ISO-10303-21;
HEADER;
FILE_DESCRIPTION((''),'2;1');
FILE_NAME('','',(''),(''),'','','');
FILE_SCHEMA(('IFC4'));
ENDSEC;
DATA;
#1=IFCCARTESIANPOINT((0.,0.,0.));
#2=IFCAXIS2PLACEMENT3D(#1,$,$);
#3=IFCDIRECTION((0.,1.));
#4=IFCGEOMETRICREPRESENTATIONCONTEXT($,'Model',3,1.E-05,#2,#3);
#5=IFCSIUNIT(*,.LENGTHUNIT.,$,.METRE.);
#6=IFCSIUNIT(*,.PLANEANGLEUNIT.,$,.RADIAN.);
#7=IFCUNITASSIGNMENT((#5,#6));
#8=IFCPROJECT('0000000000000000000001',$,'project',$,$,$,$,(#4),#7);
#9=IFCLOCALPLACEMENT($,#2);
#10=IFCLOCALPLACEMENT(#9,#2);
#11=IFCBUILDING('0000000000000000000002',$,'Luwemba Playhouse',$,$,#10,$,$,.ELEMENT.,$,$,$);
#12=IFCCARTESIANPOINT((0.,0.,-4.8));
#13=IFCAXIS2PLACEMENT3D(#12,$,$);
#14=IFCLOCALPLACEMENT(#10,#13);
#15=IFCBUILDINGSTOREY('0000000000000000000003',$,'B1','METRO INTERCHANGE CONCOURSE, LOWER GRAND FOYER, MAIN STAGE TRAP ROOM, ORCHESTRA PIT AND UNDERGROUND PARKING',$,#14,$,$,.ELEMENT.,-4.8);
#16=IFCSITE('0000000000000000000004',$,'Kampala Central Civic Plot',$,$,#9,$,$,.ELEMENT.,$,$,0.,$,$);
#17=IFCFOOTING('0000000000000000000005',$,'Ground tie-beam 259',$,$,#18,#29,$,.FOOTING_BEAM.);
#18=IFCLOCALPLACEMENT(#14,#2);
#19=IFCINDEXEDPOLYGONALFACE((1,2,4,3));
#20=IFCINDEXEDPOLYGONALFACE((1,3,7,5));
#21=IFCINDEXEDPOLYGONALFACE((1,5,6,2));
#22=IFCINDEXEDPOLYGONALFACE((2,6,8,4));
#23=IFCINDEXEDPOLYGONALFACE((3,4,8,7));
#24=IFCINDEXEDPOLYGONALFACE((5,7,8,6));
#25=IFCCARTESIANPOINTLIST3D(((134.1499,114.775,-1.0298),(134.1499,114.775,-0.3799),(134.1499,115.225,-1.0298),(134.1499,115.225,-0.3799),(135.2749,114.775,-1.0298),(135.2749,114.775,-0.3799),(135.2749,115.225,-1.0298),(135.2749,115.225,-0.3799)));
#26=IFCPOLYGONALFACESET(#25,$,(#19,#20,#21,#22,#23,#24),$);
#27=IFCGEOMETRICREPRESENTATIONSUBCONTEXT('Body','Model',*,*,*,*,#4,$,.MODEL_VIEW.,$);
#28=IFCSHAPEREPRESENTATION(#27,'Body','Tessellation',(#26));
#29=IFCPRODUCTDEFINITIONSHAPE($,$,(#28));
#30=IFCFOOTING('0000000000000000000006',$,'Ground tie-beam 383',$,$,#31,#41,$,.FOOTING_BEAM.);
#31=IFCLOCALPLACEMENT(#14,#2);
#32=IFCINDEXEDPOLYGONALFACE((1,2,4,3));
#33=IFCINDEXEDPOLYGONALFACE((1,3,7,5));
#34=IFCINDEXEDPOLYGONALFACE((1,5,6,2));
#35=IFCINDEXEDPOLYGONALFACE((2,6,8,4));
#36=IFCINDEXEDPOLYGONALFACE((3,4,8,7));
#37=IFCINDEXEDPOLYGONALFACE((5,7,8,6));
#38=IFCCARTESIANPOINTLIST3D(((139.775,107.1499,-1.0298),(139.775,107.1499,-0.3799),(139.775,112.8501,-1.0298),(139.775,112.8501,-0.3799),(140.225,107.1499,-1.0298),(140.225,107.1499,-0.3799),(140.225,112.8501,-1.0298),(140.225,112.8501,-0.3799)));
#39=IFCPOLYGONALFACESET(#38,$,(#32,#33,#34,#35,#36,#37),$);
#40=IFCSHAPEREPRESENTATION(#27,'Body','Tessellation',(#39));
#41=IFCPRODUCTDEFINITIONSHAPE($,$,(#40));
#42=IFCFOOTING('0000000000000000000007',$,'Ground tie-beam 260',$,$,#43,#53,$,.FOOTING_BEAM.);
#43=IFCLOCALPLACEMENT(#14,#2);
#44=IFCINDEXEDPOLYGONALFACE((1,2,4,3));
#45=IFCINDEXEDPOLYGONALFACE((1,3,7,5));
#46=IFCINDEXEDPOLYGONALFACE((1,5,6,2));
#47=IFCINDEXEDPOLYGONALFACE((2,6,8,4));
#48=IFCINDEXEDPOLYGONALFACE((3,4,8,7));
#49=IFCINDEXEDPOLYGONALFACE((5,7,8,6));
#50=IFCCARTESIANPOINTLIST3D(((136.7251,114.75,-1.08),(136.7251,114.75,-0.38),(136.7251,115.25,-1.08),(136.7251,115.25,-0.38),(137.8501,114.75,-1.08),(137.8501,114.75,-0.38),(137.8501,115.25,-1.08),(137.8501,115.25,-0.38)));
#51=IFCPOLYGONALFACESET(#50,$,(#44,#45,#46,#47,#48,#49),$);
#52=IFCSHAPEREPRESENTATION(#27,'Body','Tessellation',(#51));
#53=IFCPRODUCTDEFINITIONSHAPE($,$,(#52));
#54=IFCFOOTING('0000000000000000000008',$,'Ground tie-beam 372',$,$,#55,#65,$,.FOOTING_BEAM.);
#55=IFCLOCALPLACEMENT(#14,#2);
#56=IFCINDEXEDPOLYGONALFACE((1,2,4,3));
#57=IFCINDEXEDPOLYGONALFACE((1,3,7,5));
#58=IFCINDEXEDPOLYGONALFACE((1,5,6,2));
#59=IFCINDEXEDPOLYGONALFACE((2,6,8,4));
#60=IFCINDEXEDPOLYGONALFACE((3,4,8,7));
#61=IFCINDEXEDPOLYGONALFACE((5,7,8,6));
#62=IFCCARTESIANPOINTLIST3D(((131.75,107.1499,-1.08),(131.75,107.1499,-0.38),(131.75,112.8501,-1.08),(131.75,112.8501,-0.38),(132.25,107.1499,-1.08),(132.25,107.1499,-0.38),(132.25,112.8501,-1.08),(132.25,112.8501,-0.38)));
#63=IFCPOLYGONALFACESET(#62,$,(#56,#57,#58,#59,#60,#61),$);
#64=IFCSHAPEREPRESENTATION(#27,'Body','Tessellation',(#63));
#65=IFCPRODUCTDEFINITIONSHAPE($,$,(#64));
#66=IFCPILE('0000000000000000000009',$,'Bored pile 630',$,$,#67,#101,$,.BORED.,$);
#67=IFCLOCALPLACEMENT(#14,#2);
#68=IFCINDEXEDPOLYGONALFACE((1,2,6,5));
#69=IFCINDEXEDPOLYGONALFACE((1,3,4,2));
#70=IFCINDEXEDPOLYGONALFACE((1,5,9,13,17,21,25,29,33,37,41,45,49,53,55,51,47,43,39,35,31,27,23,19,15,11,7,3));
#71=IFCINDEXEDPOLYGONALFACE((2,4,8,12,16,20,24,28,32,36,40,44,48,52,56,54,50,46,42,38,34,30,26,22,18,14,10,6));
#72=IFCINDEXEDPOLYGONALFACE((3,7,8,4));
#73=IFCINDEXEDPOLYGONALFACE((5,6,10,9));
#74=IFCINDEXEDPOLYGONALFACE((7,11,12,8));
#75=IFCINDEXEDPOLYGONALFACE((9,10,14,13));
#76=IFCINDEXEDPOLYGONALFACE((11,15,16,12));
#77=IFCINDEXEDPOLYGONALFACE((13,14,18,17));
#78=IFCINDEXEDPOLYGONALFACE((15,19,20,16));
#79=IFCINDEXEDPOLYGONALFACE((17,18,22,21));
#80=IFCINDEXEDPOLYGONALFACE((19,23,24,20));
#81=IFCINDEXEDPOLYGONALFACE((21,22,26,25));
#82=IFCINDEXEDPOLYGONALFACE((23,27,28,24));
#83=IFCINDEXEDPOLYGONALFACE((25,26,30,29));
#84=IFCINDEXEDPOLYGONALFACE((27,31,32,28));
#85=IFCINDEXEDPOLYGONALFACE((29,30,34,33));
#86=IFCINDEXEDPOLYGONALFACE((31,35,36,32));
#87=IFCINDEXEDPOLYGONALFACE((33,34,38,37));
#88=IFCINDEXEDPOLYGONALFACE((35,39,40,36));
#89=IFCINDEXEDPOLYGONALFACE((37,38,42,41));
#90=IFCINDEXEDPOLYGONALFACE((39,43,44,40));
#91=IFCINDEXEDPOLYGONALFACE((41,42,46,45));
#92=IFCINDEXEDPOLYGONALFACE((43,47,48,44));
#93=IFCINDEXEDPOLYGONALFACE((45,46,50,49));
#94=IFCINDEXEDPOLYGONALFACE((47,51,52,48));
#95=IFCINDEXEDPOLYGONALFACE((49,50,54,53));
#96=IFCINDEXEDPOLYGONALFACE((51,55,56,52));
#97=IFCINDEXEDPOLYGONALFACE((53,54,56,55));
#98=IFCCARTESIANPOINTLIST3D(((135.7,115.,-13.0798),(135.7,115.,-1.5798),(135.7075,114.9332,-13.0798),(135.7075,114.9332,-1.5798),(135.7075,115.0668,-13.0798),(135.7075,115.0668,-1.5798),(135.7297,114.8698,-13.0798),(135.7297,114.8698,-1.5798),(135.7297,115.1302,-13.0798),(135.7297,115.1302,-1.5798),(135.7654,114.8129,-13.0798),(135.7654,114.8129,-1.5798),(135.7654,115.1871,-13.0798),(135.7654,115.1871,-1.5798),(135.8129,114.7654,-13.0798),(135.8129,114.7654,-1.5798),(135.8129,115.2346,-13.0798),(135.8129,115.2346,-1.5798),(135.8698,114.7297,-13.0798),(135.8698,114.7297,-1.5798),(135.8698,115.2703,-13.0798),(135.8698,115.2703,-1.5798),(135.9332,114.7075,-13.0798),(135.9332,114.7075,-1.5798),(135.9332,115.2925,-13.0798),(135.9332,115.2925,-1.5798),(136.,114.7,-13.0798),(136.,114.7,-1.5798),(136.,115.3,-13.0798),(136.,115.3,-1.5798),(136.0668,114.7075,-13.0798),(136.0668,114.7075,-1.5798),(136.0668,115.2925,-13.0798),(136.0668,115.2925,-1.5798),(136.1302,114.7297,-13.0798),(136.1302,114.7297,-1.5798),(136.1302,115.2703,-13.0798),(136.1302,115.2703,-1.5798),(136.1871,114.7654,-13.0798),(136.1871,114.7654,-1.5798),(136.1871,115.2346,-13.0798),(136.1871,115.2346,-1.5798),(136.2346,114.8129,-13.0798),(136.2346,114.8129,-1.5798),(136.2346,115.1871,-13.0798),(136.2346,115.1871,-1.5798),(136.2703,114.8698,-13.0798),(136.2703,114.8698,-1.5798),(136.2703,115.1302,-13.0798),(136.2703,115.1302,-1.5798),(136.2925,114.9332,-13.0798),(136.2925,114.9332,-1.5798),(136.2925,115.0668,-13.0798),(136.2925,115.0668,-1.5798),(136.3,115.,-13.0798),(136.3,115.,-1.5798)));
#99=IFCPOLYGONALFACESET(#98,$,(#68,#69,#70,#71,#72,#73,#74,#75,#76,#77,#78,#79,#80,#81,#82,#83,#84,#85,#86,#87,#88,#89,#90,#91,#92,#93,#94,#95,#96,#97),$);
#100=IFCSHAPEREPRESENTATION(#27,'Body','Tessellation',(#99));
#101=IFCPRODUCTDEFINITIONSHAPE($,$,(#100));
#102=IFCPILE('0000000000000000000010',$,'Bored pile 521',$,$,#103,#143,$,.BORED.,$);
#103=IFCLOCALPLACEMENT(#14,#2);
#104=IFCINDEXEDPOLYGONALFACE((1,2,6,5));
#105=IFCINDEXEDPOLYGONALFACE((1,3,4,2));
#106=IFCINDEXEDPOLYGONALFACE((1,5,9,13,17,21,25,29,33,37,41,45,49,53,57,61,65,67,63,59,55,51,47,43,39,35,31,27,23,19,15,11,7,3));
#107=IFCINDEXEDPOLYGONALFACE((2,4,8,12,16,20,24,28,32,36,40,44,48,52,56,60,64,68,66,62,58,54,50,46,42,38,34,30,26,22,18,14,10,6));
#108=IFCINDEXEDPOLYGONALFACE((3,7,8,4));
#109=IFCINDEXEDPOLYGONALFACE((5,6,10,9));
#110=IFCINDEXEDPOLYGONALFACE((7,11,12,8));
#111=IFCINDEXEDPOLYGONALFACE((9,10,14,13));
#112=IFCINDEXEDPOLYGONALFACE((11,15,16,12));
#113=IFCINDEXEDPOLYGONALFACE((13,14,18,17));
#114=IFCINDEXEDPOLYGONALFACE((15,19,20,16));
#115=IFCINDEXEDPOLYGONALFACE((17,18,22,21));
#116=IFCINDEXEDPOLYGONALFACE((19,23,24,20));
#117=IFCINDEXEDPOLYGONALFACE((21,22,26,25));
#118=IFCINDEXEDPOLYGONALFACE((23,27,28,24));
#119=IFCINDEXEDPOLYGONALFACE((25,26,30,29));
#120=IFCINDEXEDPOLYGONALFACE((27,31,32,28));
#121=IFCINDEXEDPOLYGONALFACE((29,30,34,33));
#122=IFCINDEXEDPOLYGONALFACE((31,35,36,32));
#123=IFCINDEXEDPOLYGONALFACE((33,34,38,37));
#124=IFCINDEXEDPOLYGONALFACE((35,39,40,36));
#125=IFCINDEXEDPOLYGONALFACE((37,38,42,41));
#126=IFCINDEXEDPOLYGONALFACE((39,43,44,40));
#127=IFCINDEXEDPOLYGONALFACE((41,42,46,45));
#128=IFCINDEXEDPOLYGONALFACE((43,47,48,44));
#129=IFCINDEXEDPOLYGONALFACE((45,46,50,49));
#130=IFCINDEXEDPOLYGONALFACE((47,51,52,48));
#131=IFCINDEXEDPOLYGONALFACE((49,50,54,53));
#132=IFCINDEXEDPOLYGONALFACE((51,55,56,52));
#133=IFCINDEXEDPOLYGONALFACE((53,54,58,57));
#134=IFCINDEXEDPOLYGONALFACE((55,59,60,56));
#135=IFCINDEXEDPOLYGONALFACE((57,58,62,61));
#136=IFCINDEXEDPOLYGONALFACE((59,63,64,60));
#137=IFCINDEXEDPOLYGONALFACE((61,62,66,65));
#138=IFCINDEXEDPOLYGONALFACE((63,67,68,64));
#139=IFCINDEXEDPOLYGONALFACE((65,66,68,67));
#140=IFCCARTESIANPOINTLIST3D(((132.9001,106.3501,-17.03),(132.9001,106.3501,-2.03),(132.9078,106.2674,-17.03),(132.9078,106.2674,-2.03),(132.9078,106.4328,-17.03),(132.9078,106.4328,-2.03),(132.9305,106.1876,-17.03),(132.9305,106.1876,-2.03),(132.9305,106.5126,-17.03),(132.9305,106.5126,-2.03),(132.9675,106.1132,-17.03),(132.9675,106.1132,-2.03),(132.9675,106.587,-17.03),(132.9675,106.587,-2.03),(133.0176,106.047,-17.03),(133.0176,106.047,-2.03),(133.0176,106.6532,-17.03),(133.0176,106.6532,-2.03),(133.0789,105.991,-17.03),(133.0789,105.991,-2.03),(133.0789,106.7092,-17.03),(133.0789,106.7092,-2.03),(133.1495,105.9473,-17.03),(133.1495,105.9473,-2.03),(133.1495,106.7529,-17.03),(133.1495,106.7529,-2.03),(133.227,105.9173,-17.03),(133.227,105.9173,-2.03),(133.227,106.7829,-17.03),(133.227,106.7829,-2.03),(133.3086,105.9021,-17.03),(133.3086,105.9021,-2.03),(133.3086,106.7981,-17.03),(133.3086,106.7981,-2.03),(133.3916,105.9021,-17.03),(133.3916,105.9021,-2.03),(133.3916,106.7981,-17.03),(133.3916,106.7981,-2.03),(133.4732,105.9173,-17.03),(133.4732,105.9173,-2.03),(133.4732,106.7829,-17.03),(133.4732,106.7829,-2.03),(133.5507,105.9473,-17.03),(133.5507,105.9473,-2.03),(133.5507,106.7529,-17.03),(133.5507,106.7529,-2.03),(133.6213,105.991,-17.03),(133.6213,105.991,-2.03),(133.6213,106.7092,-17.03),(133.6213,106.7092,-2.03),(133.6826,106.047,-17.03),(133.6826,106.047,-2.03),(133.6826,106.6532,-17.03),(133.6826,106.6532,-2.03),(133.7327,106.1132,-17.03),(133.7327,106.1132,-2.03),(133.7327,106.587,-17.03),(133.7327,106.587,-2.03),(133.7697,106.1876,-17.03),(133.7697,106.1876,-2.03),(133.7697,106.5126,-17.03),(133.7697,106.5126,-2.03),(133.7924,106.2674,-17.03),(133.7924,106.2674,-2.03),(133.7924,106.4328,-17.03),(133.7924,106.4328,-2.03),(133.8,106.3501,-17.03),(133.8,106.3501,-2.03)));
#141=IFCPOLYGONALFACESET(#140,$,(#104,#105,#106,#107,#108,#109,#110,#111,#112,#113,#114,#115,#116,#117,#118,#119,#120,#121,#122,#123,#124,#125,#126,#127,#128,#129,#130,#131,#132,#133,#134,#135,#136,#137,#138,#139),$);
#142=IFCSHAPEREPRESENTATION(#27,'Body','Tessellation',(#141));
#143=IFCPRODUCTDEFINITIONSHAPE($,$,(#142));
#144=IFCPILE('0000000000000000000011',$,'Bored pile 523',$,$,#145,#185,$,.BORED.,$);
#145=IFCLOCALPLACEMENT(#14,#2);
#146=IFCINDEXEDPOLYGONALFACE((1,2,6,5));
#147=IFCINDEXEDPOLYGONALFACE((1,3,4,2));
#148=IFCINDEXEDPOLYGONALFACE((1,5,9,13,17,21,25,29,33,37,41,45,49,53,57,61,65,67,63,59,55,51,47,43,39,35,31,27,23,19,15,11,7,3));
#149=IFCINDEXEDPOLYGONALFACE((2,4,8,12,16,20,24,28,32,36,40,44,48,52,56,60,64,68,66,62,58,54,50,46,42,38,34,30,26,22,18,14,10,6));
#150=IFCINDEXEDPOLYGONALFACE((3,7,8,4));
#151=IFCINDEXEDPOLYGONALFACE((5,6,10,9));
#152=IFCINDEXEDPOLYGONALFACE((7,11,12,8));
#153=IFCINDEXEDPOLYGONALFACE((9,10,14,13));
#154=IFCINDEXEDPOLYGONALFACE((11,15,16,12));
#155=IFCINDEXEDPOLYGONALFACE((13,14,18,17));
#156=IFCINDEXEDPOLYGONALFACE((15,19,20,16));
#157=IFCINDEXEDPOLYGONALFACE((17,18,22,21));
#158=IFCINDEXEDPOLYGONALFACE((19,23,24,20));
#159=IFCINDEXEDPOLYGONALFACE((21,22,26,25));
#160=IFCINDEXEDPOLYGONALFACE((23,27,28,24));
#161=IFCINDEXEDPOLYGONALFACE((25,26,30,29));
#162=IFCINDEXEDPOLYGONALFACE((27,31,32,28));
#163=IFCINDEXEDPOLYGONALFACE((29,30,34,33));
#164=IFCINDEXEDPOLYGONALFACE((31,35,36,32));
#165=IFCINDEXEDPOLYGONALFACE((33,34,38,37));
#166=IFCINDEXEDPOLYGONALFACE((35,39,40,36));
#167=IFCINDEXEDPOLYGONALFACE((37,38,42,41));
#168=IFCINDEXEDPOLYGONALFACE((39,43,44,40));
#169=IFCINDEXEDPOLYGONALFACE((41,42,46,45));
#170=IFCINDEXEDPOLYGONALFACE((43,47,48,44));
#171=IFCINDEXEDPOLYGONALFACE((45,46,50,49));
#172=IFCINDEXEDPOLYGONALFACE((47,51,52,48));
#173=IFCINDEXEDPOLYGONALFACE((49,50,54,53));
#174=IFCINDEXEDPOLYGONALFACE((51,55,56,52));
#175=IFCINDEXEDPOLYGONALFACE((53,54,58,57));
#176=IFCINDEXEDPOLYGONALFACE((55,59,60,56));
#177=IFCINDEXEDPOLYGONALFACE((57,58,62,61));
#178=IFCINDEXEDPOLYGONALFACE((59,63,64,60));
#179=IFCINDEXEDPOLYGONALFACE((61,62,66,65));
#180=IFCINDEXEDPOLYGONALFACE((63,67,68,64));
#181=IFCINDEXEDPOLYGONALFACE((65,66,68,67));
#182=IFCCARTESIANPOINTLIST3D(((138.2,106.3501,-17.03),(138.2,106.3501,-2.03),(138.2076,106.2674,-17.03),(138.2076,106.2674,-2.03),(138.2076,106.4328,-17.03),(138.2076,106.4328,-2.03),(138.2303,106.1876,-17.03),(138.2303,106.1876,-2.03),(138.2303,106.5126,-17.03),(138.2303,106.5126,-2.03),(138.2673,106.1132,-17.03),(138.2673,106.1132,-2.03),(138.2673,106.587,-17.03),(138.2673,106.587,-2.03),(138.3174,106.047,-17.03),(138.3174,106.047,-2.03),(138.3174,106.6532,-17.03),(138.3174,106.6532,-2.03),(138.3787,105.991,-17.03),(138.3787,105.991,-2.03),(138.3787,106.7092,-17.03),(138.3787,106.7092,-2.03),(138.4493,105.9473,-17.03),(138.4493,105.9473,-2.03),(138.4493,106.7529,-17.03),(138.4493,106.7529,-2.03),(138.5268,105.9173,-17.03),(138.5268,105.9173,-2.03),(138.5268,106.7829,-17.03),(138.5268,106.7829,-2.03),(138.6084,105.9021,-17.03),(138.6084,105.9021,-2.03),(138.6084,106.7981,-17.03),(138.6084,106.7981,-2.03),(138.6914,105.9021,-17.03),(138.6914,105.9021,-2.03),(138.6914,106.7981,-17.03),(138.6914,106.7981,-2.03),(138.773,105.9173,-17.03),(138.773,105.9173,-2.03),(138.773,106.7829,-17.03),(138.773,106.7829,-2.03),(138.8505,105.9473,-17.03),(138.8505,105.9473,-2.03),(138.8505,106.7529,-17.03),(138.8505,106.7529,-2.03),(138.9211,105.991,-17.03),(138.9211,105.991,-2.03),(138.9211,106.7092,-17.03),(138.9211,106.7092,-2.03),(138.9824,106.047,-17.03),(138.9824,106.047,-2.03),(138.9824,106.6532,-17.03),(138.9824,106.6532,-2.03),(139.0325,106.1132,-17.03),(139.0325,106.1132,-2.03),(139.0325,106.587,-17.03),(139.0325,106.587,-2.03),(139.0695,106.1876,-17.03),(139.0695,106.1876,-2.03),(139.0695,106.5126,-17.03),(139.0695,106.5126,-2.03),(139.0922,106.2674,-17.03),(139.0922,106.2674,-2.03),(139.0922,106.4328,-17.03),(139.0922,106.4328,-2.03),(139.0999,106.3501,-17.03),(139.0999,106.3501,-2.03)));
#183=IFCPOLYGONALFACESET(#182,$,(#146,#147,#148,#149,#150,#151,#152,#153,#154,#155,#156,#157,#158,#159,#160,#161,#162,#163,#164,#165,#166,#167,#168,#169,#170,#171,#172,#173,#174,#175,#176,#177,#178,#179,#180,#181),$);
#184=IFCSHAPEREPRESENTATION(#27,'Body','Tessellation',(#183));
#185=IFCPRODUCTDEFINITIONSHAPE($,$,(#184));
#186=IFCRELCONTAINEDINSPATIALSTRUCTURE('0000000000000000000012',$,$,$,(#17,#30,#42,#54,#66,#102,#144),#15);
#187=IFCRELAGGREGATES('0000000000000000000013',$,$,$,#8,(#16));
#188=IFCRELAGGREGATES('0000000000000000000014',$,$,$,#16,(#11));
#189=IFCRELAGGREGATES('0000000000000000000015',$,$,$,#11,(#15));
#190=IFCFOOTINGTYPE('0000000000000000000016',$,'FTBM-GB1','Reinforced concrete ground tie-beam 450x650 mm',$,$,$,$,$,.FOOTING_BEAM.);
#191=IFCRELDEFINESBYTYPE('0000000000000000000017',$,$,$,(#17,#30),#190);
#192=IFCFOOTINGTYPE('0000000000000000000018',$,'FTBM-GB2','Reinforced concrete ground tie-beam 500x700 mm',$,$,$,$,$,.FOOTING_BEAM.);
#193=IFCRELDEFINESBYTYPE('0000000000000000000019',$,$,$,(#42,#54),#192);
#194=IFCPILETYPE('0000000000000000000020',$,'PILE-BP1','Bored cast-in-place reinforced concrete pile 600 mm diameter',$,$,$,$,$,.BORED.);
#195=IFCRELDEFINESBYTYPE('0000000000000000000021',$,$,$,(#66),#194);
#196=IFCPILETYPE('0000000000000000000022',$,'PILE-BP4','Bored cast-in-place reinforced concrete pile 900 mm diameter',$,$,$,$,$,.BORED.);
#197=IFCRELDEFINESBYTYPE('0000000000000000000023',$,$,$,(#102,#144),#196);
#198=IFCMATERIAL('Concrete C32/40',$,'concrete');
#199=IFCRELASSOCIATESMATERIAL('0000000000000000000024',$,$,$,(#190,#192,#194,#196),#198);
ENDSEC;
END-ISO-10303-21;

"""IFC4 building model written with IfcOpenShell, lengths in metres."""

from ifc_helpers import new_model, si_unit, direction, frame, origin, origin_2d, place, context, subcontext, project, spatial, rectangle, circle, extrude, material, material_profile, profile_set, type_object, element, save


model = new_model("IFC4")

# Units and contexts
model_context = context("Model", 3, precision=1e-05, world=origin(), true_north=direction((0.0, 1.0)))
body_context = subcontext(model_context, "Body", "Model", "MODEL_VIEW")
ifc_project = project(units=[si_unit("LENGTHUNIT", "METRE"), si_unit("PLANEANGLEUNIT", "RADIAN")], contexts=[model_context])

# Site, building, storey
site_placement = place(None, origin())
site = spatial("IfcSite", under=ifc_project, at=site_placement, Name="Kampala Central Civic Plot", CompositionType="ELEMENT", RefElevation=0.0)
building_placement = place(site_placement, origin())
building = spatial("IfcBuilding", under=site, at=building_placement, Name="Luwemba Playhouse", CompositionType="ELEMENT")
storey_placement = place(building_placement, frame((0.0, 0.0, -4.8)))
storey = spatial("IfcBuildingStorey", under=building, at=storey_placement, Name="B1", Description="METRO INTERCHANGE CONCOURSE, LOWER GRAND FOYER, MAIN STAGE TRAP ROOM, ORCHESTRA PIT AND UNDERGROUND PARKING", CompositionType="ELEMENT", Elevation=-4.8)

# Footings
ifc_material_1 = material(Name="Concrete C32/40", Category="concrete")
ifc_material_profile_1 = material_profile(ifc_material_1, rectangle(XDim=0.45, YDim=0.6499, at=origin_2d()))
ifc_profile_set_1 = profile_set([ifc_material_profile_1], Name="Concrete C32/40")
footing_type_1 = type_object("IfcFootingType", Name="FTBM-GB1", Description="Reinforced concrete ground tie-beam 450x650 mm", PredefinedType="FOOTING_BEAM", material=ifc_profile_set_1)
footing_1_placement = place(storey_placement, frame((134.1499, 115.0, -0.7048), z_axis=(1.0, 0.0, 0.0), x_axis=(0.0, 1.0, 0.0)))
element("IfcFooting", 1, at=footing_1_placement, inside=storey, type_object=footing_type_1, Name="Ground tie-beam 259", PredefinedType="FOOTING_BEAM", context=body_context, shape_type="SweptSolid", body=[
    extrude(rectangle(XDim=0.45, YDim=0.6499, at=origin_2d()), origin(), (0.0, 0.0, 1.0), 1.125),
])
footing_2_placement = place(storey_placement, frame((140.0, 107.1499, -0.7048), z_axis=(0.0, 1.0, 0.0), x_axis=(-1.0, 0.0, 0.0)))
element("IfcFooting", 2, at=footing_2_placement, inside=storey, type_object=footing_type_1, Name="Ground tie-beam 383", PredefinedType="FOOTING_BEAM", context=body_context, shape_type="SweptSolid", body=[
    extrude(rectangle(XDim=0.45, YDim=0.6499, at=origin_2d()), origin(), (0.0, 0.0, 1.0), 5.7002),
])
ifc_material_profile_2 = material_profile(ifc_material_1, rectangle(XDim=0.5, YDim=0.7, at=origin_2d()))
ifc_profile_set_2 = profile_set([ifc_material_profile_2], Name="Concrete C32/40")
footing_type_2 = type_object("IfcFootingType", Name="FTBM-GB2", Description="Reinforced concrete ground tie-beam 500x700 mm", PredefinedType="FOOTING_BEAM", material=ifc_profile_set_2)
footing_3_placement = place(storey_placement, frame((136.7251, 115.0, -0.73), z_axis=(1.0, 0.0, 0.0), x_axis=(0.0, 1.0, 0.0)))
element("IfcFooting", 3, at=footing_3_placement, inside=storey, type_object=footing_type_2, Name="Ground tie-beam 260", PredefinedType="FOOTING_BEAM", context=body_context, shape_type="SweptSolid", body=[
    extrude(rectangle(XDim=0.5, YDim=0.7, at=origin_2d()), origin(), (0.0, 0.0, 1.0), 1.125),
])
footing_4_placement = place(storey_placement, frame((132.0, 107.1499, -0.73), z_axis=(0.0, 1.0, 0.0), x_axis=(-1.0, 0.0, 0.0)))
element("IfcFooting", 4, at=footing_4_placement, inside=storey, type_object=footing_type_2, Name="Ground tie-beam 372", PredefinedType="FOOTING_BEAM", context=body_context, shape_type="SweptSolid", body=[
    extrude(rectangle(XDim=0.5, YDim=0.7, at=origin_2d()), origin(), (0.0, 0.0, 1.0), 5.7002),
])

# Piles
ifc_material_profile_3 = material_profile(ifc_material_1, circle(Radius=0.3, at=origin_2d()))
ifc_profile_set_3 = profile_set([ifc_material_profile_3], Name="Concrete C32/40")
pile_type_1 = type_object("IfcPileType", Name="PILE-BP1", Description="Bored cast-in-place reinforced concrete pile 600 mm diameter", PredefinedType="BORED", material=ifc_profile_set_3)
pile_placement = place(storey_placement, frame((136.0, 115.0, -1.5798), z_axis=(0.0, 0.0, -1.0), x_axis=(1.0, 0.0, 0.0)))
element("IfcPile", 5, at=pile_placement, inside=storey, type_object=pile_type_1, Name="Bored pile 630", PredefinedType="BORED", context=body_context, shape_type="SweptSolid", body=[
    extrude(circle(Radius=0.3, at=origin_2d()), origin(), (0.0, 0.0, 1.0), 11.5),
])
ifc_material_profile_4 = material_profile(ifc_material_1, circle(Radius=0.45, at=origin_2d()))
ifc_profile_set_4 = profile_set([ifc_material_profile_4], Name="Concrete C32/40")
pile_type_2 = type_object("IfcPileType", Name="PILE-BP4", Description="Bored cast-in-place reinforced concrete pile 900 mm diameter", PredefinedType="BORED", material=ifc_profile_set_4)
for number, where, z_axis, x_axis, name in (
    (6, (133.3501, 106.3501, -2.03), (0.0, 0.0, -1.0), (1.0, 0.0, 0.0), "Bored pile 521"),
    (7, (138.6499, 106.3501, -2.03), (0.0, 0.0, -1.0), (1.0, 0.0, 0.0), "Bored pile 523"),
):
    element("IfcPile", number, at=place(storey_placement, frame(where, z_axis=z_axis, x_axis=x_axis)), inside=storey, type_object=pile_type_2, Name=name, PredefinedType="BORED", context=body_context, shape_type="SweptSolid", body=[
        extrude(circle(Radius=0.45, at=origin_2d()), origin(), (0.0, 0.0, 1.0), 15.0),
    ])

save(model, "model.ifc")
